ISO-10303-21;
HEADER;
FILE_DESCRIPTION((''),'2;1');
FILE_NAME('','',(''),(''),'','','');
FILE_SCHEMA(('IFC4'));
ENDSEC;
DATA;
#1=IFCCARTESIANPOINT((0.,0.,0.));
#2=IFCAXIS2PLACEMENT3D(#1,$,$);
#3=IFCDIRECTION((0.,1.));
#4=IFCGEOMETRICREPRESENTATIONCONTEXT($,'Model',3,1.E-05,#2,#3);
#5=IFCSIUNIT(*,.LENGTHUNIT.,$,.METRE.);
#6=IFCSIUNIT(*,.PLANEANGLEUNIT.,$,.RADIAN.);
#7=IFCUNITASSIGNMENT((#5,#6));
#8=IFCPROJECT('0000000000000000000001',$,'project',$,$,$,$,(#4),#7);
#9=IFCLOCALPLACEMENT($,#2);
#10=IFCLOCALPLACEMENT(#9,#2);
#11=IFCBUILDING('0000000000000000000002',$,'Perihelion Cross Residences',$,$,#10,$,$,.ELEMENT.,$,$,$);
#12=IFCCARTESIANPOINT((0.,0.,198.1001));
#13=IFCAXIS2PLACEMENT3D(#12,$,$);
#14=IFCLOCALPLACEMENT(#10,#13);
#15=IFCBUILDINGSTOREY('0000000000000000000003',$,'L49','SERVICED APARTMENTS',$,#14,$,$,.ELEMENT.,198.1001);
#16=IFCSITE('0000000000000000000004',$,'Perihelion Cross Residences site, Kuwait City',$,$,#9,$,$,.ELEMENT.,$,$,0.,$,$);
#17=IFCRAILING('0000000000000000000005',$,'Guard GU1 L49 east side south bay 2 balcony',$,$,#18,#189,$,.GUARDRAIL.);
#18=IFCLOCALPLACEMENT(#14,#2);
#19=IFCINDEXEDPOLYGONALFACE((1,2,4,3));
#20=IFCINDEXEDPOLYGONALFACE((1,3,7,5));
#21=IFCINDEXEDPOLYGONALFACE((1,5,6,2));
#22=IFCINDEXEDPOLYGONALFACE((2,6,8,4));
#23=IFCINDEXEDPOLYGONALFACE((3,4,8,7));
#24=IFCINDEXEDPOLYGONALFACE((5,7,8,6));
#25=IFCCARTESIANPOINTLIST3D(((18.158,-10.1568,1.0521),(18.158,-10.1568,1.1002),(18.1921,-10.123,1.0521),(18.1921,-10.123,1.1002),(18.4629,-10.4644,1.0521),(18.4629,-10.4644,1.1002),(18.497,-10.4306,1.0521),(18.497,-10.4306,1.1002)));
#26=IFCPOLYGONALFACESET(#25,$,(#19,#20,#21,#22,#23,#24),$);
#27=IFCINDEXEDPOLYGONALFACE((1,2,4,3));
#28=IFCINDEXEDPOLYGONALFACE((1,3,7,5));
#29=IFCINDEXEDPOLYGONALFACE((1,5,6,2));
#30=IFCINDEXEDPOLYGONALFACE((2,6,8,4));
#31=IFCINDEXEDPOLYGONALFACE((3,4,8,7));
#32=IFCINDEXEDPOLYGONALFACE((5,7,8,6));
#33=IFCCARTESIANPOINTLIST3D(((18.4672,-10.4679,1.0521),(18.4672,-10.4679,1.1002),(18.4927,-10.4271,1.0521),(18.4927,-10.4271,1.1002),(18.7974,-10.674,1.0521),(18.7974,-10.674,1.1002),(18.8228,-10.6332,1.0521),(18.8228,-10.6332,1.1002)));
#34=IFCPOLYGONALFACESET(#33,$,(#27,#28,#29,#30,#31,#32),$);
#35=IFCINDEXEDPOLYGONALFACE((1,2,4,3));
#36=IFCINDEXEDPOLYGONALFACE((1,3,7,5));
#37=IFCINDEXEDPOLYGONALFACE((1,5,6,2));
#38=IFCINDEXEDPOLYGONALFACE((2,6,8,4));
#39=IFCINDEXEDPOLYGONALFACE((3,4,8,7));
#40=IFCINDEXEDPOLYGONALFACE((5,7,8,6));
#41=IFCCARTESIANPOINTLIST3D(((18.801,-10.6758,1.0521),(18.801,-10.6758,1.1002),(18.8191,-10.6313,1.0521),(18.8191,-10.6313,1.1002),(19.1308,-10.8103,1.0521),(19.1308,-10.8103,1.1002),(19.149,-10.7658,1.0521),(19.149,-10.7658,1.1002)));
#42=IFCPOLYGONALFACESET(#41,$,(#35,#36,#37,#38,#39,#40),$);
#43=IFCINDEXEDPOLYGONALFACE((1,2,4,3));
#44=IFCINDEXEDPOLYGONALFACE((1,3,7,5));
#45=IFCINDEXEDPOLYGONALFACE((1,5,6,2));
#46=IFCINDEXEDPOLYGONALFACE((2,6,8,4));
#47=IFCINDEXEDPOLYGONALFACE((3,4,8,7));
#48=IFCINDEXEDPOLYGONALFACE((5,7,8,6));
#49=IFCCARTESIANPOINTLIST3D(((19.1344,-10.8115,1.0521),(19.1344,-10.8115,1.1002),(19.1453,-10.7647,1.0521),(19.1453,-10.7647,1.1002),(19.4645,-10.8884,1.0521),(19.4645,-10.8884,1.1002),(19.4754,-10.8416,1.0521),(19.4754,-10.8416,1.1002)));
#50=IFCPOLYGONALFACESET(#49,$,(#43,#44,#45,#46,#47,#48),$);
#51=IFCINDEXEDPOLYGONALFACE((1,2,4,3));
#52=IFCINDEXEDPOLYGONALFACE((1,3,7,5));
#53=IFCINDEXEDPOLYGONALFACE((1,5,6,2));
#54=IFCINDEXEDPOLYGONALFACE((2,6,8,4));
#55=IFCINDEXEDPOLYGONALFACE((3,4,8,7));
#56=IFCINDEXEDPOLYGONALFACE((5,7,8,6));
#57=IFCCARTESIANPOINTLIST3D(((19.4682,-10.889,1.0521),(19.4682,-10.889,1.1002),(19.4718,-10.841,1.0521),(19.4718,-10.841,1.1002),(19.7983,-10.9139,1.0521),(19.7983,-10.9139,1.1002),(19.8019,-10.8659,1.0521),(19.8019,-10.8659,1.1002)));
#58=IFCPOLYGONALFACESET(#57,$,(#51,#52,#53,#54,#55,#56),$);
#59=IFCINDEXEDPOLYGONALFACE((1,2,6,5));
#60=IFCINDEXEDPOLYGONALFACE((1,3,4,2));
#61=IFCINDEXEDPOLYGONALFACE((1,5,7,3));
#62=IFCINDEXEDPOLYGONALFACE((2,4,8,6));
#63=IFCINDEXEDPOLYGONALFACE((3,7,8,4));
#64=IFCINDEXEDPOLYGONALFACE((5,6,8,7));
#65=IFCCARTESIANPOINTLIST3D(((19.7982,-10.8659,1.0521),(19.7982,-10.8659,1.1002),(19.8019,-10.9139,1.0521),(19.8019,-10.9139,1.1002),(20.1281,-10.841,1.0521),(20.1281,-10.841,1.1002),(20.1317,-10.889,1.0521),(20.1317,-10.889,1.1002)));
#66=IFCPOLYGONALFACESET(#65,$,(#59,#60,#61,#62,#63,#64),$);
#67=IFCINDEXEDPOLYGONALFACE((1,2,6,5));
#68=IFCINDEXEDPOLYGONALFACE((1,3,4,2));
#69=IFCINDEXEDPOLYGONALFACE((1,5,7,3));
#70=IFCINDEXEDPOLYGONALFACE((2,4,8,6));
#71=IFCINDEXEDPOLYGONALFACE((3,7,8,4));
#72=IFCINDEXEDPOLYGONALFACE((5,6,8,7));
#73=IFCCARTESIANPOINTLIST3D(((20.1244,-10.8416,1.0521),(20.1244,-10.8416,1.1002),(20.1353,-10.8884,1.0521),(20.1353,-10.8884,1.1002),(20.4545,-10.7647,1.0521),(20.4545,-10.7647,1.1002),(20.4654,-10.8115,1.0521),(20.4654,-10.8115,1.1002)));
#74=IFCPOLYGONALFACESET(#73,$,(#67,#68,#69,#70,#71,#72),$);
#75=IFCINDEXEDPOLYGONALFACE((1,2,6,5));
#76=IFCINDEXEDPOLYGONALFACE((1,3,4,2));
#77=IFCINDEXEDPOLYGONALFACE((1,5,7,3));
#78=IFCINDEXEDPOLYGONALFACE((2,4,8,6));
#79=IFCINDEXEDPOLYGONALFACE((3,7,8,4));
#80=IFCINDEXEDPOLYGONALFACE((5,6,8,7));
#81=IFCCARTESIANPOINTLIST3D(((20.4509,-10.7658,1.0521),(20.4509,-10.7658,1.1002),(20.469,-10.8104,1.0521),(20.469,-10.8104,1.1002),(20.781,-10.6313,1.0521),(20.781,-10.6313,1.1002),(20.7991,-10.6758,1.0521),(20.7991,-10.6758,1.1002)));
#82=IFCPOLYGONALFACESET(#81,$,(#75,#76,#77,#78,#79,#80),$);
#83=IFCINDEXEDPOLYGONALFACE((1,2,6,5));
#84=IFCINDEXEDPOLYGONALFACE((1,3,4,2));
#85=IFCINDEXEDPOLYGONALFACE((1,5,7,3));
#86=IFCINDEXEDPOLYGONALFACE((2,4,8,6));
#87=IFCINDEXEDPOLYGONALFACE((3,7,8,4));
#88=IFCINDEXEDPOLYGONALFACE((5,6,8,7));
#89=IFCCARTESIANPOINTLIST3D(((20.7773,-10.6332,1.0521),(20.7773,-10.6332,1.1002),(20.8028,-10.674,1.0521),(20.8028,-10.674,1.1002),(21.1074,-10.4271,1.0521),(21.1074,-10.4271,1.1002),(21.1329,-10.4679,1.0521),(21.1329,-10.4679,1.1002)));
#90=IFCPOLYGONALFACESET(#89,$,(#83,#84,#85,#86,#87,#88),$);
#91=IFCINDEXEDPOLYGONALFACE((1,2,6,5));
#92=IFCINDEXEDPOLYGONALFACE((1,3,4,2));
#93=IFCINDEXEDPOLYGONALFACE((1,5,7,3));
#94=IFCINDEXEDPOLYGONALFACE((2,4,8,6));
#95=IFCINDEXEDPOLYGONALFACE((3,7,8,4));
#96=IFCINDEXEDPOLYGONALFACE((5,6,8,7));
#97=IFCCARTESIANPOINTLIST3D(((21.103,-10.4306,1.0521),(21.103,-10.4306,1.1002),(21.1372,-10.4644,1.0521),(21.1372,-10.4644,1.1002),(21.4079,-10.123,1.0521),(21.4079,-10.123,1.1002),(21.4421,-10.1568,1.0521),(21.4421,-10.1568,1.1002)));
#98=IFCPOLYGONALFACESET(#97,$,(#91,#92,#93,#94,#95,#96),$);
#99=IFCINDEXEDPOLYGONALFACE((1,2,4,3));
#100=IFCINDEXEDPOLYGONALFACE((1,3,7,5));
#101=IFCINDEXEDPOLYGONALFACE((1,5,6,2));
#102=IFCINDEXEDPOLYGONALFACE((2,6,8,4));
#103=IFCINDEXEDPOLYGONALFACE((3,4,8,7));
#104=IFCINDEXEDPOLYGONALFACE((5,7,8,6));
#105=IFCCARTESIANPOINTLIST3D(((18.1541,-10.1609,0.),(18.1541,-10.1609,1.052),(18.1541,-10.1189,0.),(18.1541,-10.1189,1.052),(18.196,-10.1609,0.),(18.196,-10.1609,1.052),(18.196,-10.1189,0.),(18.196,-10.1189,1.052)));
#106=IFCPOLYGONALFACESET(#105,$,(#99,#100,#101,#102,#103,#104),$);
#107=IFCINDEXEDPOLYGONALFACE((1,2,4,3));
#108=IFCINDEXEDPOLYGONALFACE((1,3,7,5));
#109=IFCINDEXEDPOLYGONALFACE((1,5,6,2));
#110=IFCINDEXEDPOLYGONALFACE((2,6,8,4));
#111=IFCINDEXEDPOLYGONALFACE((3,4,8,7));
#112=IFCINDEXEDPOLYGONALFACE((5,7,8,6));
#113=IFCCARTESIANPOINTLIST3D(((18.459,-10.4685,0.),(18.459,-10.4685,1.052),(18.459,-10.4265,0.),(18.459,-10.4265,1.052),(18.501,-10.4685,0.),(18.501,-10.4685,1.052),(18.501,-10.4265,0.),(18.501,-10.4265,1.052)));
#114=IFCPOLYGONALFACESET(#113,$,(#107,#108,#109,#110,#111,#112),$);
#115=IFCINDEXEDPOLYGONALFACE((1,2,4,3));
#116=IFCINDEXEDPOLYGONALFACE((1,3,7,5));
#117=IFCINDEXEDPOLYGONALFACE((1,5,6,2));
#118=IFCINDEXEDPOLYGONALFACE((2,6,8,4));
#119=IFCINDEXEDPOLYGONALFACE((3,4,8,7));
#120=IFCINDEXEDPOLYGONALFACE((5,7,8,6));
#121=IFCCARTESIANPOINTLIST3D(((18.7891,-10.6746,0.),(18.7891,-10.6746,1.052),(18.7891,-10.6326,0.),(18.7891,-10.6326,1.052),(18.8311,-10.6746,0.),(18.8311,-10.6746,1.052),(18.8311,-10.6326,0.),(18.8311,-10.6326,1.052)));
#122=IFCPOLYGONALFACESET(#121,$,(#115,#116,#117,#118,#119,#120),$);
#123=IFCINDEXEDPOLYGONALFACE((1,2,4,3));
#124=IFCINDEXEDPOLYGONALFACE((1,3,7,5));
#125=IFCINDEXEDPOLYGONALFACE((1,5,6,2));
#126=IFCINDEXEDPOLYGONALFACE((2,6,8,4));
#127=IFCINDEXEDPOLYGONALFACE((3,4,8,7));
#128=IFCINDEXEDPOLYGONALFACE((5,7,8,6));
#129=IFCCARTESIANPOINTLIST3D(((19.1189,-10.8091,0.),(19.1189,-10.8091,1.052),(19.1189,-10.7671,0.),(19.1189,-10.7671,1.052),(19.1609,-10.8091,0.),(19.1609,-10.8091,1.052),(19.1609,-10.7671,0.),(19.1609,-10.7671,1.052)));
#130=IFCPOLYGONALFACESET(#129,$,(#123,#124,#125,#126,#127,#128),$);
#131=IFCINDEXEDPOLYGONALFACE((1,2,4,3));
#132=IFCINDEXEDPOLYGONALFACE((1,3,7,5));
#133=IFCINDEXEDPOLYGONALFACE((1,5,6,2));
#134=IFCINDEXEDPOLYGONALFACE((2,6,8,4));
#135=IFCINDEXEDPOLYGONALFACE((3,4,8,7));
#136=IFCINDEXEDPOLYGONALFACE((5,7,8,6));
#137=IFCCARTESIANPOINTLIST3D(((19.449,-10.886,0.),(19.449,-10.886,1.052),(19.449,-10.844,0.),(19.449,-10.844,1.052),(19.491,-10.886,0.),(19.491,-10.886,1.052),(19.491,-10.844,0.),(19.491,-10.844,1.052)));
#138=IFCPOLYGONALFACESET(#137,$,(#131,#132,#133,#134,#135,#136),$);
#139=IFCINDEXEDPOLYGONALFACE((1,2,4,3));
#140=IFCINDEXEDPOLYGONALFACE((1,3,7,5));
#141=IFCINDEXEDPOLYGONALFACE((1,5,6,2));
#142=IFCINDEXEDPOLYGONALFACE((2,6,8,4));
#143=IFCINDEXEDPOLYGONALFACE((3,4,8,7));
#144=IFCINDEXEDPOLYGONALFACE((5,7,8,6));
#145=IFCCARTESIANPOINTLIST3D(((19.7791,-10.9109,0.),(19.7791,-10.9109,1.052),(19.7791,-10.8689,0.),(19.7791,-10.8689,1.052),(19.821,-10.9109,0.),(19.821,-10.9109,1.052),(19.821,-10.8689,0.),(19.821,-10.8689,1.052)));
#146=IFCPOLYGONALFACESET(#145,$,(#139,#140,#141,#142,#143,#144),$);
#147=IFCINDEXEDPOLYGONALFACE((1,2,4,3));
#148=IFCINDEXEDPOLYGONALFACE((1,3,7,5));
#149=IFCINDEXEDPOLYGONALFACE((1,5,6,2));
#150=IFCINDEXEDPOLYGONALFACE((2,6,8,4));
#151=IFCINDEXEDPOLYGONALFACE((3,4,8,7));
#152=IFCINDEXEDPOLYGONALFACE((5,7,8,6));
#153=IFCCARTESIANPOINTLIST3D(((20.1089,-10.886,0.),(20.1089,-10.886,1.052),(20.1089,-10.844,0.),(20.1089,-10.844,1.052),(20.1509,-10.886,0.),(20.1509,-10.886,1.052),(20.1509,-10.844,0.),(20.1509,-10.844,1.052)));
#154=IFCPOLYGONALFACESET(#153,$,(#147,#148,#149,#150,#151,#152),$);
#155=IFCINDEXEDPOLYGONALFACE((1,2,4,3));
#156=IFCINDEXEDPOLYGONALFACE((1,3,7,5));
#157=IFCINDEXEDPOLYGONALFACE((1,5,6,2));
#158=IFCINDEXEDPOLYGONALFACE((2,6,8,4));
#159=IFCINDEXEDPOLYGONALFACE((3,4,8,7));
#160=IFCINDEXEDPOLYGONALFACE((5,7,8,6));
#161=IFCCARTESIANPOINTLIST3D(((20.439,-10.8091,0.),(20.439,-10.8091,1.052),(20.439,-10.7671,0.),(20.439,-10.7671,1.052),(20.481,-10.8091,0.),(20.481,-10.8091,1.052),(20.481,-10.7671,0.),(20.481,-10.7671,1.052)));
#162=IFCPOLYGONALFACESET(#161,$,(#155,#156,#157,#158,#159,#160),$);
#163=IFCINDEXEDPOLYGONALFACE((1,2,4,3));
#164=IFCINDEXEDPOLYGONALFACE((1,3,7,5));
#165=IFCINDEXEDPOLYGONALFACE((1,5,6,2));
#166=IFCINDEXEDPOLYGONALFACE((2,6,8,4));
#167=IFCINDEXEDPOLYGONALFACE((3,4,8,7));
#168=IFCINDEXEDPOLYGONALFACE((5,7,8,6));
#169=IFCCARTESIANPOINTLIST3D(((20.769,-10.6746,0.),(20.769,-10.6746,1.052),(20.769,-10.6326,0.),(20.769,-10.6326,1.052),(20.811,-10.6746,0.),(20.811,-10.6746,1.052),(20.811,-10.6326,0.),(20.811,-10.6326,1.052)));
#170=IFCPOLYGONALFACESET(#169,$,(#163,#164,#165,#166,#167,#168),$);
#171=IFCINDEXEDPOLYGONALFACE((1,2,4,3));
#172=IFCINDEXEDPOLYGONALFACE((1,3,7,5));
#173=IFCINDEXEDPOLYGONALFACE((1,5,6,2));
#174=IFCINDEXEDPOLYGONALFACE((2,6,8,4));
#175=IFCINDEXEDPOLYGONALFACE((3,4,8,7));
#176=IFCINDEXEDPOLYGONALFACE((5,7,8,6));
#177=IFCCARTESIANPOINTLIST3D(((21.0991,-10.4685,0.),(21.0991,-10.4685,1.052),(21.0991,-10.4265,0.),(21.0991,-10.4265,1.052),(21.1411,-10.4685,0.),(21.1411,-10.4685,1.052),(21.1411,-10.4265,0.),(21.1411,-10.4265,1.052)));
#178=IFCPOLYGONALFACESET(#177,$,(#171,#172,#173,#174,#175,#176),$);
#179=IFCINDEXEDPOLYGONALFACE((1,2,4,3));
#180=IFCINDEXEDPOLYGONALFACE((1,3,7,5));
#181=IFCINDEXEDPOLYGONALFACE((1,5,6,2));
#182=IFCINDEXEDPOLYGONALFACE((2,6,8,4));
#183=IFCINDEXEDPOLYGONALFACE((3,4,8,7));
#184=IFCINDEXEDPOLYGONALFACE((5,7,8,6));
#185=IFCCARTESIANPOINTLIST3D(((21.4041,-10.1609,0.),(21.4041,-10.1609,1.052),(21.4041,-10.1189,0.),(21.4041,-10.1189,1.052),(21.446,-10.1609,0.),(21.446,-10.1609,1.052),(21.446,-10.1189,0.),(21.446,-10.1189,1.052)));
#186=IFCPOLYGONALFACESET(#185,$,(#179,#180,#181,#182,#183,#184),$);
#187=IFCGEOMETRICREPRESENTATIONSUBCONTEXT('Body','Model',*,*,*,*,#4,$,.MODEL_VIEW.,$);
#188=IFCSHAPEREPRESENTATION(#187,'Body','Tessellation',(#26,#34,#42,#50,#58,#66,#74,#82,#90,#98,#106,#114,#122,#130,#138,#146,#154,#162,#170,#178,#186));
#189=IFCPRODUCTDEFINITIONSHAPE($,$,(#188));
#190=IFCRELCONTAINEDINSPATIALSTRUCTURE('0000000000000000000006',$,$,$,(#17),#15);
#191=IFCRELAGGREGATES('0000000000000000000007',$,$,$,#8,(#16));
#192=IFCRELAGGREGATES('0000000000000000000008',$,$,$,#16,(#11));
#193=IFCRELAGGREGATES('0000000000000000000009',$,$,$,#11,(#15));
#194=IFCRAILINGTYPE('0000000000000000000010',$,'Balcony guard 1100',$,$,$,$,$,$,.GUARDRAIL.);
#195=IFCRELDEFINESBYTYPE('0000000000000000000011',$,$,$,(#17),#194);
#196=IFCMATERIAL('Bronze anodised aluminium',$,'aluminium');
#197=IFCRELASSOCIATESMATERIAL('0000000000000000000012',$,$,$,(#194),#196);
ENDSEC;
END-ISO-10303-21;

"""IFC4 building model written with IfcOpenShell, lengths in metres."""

from ifc_helpers import new_model, si_unit, direction, frame, origin, origin_2d, place, context, subcontext, project, spatial, rectangle, extrude, material, type_object, element, save


model = new_model("IFC4")

# Units and contexts
model_context = context("Model", 3, precision=1e-05, world=origin(), true_north=direction((0.0, 1.0)))
body_context = subcontext(model_context, "Body", "Model", "MODEL_VIEW")
ifc_project = project(units=[si_unit("LENGTHUNIT", "METRE"), si_unit("PLANEANGLEUNIT", "RADIAN")], contexts=[model_context])

# Site, building, storey
site_placement = place(None, origin())
site = spatial("IfcSite", under=ifc_project, at=site_placement, Name="Perihelion Cross Residences site, Kuwait City", CompositionType="ELEMENT", RefElevation=0.0)
building_placement = place(site_placement, origin())
building = spatial("IfcBuilding", under=site, at=building_placement, Name="Perihelion Cross Residences", CompositionType="ELEMENT")
storey_placement = place(building_placement, frame((0.0, 0.0, 198.1001)))
storey = spatial("IfcBuildingStorey", under=building, at=storey_placement, Name="L49", Description="SERVICED APARTMENTS", CompositionType="ELEMENT", Elevation=198.1001)

# Railing
ifc_material_1 = material(Name="Bronze anodised aluminium", Category="aluminium")
railing_type = type_object("IfcRailingType", Name="Balcony guard 1100", PredefinedType="GUARDRAIL", material=ifc_material_1)
railing_1_placement = place(storey_placement, frame((18.175, -10.1399, 0.0)))
element("IfcRailing", 1, at=railing_1_placement, inside=storey, type_object=railing_type, Name="Guard GU1 L49 east side south bay 2 balcony", PredefinedType="GUARDRAIL", context=body_context, shape_type="SweptSolid", body=[
    extrude(rectangle(XDim=0.0481, YDim=0.0481, at=origin_2d()), frame((0.0, 0.0, 1.0762), z_axis=(0.704, -0.7102, 0.0), x_axis=(0.7102, 0.704, 0.0)), (0.0, 0.0, 1.0), 0.4331),
    extrude(rectangle(XDim=0.0481, YDim=0.0481, at=origin_2d()), frame((0.3049, -0.3076, 1.0762), z_axis=(0.84828, -0.529548, 0.0), x_axis=(0.529548, 0.84828, 0.0)), (0.0, 0.0, 1.0), 0.3892),
    extrude(rectangle(XDim=0.0481, YDim=0.0481, at=origin_2d()), frame((0.635, -0.5137, 1.0762), z_axis=(0.92595, -0.377645, 0.0), x_axis=(0.377645, 0.92595, 0.0)), (0.0, 0.0, 1.0), 0.3562),
    extrude(rectangle(XDim=0.0481, YDim=0.0481, at=origin_2d()), frame((0.9648, -0.6482, 1.0762), z_axis=(0.973916, -0.226911, 0.0), x_axis=(0.226911, 0.973916, 0.0)), (0.0, 0.0, 1.0), 0.3389),
    extrude(rectangle(XDim=0.0481, YDim=0.0481, at=origin_2d()), frame((1.2949, -0.7251, 1.0762), z_axis=(0.997166, -0.07523, 0.0), x_axis=(0.07523, 0.997166, 0.0)), (0.0, 0.0, 1.0), 0.3311),
    extrude(rectangle(XDim=0.0481, YDim=0.0481, at=origin_2d()), frame((1.625, -0.75, 1.0762), z_axis=(0.997162, 0.075285, 0.0), x_axis=(-0.075285, 0.997162, 0.0)), (0.0, 0.0, 1.0), 0.3308),
    extrude(rectangle(XDim=0.0481, YDim=0.0481, at=origin_2d()), frame((1.9548, -0.7251, 1.0762), z_axis=(0.973916, 0.226911, 0.0), x_axis=(-0.226911, 0.973916, 0.0)), (0.0, 0.0, 1.0), 0.3389),
    extrude(rectangle(XDim=0.0481, YDim=0.0481, at=origin_2d()), frame((2.2849, -0.6482, 1.0762), z_axis=(0.926048, 0.377406, 0.0), x_axis=(-0.377406, 0.926048, 0.0)), (0.0, 0.0, 1.0), 0.3564),
    extrude(rectangle(XDim=0.0481, YDim=0.0481, at=origin_2d()), frame((2.615, -0.5137, 1.0762), z_axis=(0.84828, 0.529548, 0.0), x_axis=(-0.529548, 0.84828, 0.0)), (0.0, 0.0, 1.0), 0.3892),
    extrude(rectangle(XDim=0.0481, YDim=0.0481, at=origin_2d()), frame((2.9451, -0.3076, 1.0762), z_axis=(0.704, 0.7102, 0.0), x_axis=(-0.7102, 0.704, 0.0)), (0.0, 0.0, 1.0), 0.4331),
    extrude(rectangle(XDim=0.042, YDim=0.042, at=origin_2d()), origin(), (0.0, 0.0, 1.0), 1.052),
    extrude(rectangle(XDim=0.042, YDim=0.042, at=origin_2d()), frame((0.3049, -0.3076, 0.0)), (0.0, 0.0, 1.0), 1.052),
    extrude(rectangle(XDim=0.042, YDim=0.042, at=origin_2d()), frame((0.635, -0.5137, 0.0)), (0.0, 0.0, 1.0), 1.052),
    extrude(rectangle(XDim=0.042, YDim=0.042, at=origin_2d()), frame((0.9648, -0.6482, 0.0)), (0.0, 0.0, 1.0), 1.052),
    extrude(rectangle(XDim=0.042, YDim=0.042, at=origin_2d()), frame((1.2949, -0.7251, 0.0)), (0.0, 0.0, 1.0), 1.052),
    extrude(rectangle(XDim=0.042, YDim=0.042, at=origin_2d()), frame((1.625, -0.75, 0.0)), (0.0, 0.0, 1.0), 1.052),
    extrude(rectangle(XDim=0.042, YDim=0.042, at=origin_2d()), frame((1.9548, -0.7251, 0.0)), (0.0, 0.0, 1.0), 1.052),
    extrude(rectangle(XDim=0.042, YDim=0.042, at=origin_2d()), frame((2.2849, -0.6482, 0.0)), (0.0, 0.0, 1.0), 1.052),
    extrude(rectangle(XDim=0.042, YDim=0.042, at=origin_2d()), frame((2.615, -0.5137, 0.0)), (0.0, 0.0, 1.0), 1.052),
    extrude(rectangle(XDim=0.042, YDim=0.042, at=origin_2d()), frame((2.9451, -0.3076, 0.0)), (0.0, 0.0, 1.0), 1.052),
    extrude(rectangle(XDim=0.042, YDim=0.042, at=origin_2d()), frame((3.25, 0.0, 0.0)), (0.0, 0.0, 1.0), 1.052),
])

save(model, "model.ifc")
